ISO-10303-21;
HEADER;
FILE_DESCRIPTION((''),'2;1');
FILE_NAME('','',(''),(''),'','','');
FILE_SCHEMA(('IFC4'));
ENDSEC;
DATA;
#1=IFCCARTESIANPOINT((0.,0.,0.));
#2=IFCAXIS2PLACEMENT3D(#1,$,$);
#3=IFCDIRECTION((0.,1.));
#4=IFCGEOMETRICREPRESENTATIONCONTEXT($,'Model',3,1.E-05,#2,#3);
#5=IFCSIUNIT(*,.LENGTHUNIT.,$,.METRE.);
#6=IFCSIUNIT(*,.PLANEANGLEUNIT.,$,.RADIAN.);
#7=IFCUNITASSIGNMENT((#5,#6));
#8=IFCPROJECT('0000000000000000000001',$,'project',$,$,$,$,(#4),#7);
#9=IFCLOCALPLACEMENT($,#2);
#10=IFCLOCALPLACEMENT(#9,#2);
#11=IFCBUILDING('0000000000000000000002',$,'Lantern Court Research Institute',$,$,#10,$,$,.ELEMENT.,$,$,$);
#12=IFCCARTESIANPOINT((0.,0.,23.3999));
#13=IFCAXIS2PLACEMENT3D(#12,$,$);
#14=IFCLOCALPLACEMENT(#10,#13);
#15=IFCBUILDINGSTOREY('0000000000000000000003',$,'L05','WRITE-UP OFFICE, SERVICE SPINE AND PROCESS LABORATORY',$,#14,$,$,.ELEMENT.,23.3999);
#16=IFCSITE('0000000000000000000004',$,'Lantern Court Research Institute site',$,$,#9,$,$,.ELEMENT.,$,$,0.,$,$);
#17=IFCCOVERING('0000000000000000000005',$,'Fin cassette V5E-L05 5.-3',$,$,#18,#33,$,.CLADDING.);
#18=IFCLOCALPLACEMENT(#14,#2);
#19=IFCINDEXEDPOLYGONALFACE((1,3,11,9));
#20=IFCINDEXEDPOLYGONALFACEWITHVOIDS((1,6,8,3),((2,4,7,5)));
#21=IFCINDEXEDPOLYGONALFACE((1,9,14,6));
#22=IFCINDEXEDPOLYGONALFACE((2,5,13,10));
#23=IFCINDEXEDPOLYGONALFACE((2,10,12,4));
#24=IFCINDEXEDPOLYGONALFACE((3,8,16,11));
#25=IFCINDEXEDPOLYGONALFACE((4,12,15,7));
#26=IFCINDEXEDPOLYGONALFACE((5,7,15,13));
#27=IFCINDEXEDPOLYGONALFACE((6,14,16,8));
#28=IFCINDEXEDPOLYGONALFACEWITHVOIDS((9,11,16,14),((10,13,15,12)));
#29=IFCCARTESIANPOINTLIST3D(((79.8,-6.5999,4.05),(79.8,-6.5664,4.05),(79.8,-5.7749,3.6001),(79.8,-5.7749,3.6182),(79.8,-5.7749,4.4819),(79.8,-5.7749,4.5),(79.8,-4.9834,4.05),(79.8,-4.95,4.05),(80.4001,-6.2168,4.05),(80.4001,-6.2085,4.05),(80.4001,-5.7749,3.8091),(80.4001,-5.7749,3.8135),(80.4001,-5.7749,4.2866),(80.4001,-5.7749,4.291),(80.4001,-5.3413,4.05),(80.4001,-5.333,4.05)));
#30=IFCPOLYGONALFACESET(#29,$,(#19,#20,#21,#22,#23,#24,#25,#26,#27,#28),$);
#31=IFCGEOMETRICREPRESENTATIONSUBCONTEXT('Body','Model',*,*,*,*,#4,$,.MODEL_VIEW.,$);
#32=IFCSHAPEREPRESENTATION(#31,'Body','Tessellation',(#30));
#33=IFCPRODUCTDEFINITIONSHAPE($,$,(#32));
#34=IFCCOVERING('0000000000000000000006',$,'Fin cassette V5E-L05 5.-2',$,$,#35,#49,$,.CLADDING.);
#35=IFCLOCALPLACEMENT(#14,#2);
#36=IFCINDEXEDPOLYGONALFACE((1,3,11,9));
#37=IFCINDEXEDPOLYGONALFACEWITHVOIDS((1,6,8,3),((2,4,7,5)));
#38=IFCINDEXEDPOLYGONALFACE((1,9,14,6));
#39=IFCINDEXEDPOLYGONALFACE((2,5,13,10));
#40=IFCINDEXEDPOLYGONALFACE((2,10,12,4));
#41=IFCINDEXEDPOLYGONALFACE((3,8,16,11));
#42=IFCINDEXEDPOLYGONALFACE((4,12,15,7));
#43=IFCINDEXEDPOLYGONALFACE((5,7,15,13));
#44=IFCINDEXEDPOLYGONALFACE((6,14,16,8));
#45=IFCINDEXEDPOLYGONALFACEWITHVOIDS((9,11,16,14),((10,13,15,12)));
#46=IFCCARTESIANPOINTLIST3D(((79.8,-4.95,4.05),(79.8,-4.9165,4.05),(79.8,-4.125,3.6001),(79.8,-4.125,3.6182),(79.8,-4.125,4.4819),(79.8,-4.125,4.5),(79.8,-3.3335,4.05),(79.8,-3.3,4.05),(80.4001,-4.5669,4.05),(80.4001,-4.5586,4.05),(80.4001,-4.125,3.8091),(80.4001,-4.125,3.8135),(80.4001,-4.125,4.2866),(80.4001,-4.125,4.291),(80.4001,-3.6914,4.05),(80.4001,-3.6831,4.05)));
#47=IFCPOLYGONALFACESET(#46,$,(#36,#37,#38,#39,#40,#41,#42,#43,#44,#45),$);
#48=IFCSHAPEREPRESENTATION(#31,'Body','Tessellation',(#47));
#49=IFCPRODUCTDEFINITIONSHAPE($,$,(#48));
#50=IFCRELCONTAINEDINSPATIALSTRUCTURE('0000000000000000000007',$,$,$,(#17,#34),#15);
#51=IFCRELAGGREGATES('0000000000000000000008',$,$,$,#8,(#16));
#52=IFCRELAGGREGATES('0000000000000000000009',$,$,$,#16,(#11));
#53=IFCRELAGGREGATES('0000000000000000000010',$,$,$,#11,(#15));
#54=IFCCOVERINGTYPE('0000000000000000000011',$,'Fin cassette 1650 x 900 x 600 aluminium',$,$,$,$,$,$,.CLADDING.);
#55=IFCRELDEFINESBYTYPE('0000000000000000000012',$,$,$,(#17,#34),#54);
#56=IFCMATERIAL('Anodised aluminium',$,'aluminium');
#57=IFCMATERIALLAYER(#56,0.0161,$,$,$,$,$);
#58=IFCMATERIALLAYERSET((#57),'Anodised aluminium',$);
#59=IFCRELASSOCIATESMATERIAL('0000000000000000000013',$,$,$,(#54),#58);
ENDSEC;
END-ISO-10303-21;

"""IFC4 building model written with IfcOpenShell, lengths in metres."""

from ifc_helpers import new_model, entity, si_unit, direction, frame, origin, place, context, subcontext, project, spatial, material, layer, layer_set, type_object, element, save


model = new_model("IFC4")

# Units and contexts
model_context = context("Model", 3, precision=1e-05, world=origin(), true_north=direction((0.0, 1.0)))
body_context = subcontext(model_context, "Body", "Model", "MODEL_VIEW")
ifc_project = project(units=[si_unit("LENGTHUNIT", "METRE"), si_unit("PLANEANGLEUNIT", "RADIAN")], contexts=[model_context])

# Site, building, storey
site_placement = place(None, origin())
site = spatial("IfcSite", under=ifc_project, at=site_placement, Name="Lantern Court Research Institute site", CompositionType="ELEMENT", RefElevation=0.0)
building_placement = place(site_placement, origin())
building = spatial("IfcBuilding", under=site, at=building_placement, Name="Lantern Court Research Institute", CompositionType="ELEMENT")
storey_placement = place(building_placement, frame((0.0, 0.0, 23.3999)))
storey = spatial("IfcBuildingStorey", under=building, at=storey_placement, Name="L05", Description="WRITE-UP OFFICE, SERVICE SPINE AND PROCESS LABORATORY", CompositionType="ELEMENT", Elevation=23.3999)

# Coverings
ifc_material_1 = material(Name="Anodised aluminium", Category="aluminium")
ifc_layer_1 = layer(ifc_material_1, 0.0161)
ifc_layer_set_1 = layer_set([ifc_layer_1], Name="Anodised aluminium")
covering_type = type_object("IfcCoveringType", Name="Fin cassette 1650 x 900 x 600 aluminium", PredefinedType="CLADDING", material=ifc_layer_set_1)
covering_1_placement = place(storey_placement, frame((79.8, -5.7749, 4.05), z_axis=(1.0, 0.0, 0.0), x_axis=(0.0, 1.0, 0.0)))
cartesian_point_1 = entity("IfcCartesianPoint", [0.825, 0.0])
cartesian_point_2 = entity("IfcCartesianPoint", [0.7915, 0.0])
cartesian_point_3 = entity("IfcCartesianPoint", [0.4419, 0.0])
cartesian_point_4 = entity("IfcCartesianPoint", [0.4336, 0.0])
element("IfcCovering", 1, at=covering_1_placement, inside=storey, type_object=covering_type, Name="Fin cassette V5E-L05 5.-3", PredefinedType="CLADDING", context=body_context, shape_type="SweptSolid", body=[
    entity("IfcExtrudedAreaSolidTapered", entity("IfcArbitraryProfileDefWithVoids", "AREA", None, entity("IfcPolyline", [cartesian_point_1, entity("IfcCartesianPoint", [0.0, 0.45]), entity("IfcCartesianPoint", [-0.825, 0.0]), entity("IfcCartesianPoint", [0.0, -0.45]), cartesian_point_1]), [entity("IfcPolyline", [cartesian_point_2, entity("IfcCartesianPoint", [0.0, 0.4319]), entity("IfcCartesianPoint", [-0.7915, 0.0]), entity("IfcCartesianPoint", [0.0, -0.4319]), cartesian_point_2])]), entity("IfcAxis2Placement3D", entity("IfcCartesianPoint", [0.0, 0.0, 0.0])), entity("IfcDirection", [0.0, 0.0, 1.0]), 0.6001, entity("IfcArbitraryProfileDefWithVoids", "AREA", None, entity("IfcPolyline", [cartesian_point_3, entity("IfcCartesianPoint", [0.0, 0.241]), entity("IfcCartesianPoint", [-0.4419, 0.0]), entity("IfcCartesianPoint", [0.0, -0.241]), cartesian_point_3]), [entity("IfcPolyline", [cartesian_point_4, entity("IfcCartesianPoint", [0.0, 0.2366]), entity("IfcCartesianPoint", [-0.4336, 0.0]), entity("IfcCartesianPoint", [0.0, -0.2366]), cartesian_point_4])])),
])
covering_2_placement = place(storey_placement, frame((79.8, -4.125, 4.05), z_axis=(1.0, 0.0, 0.0), x_axis=(0.0, 1.0, 0.0)))
cartesian_point_5 = entity("IfcCartesianPoint", [0.825, 0.0])
cartesian_point_6 = entity("IfcCartesianPoint", [0.7915, 0.0])
cartesian_point_7 = entity("IfcCartesianPoint", [0.4419, 0.0])
cartesian_point_8 = entity("IfcCartesianPoint", [0.4336, 0.0])
element("IfcCovering", 2, at=covering_2_placement, inside=storey, type_object=covering_type, Name="Fin cassette V5E-L05 5.-2", PredefinedType="CLADDING", context=body_context, shape_type="SweptSolid", body=[
    entity("IfcExtrudedAreaSolidTapered", entity("IfcArbitraryProfileDefWithVoids", "AREA", None, entity("IfcPolyline", [cartesian_point_5, entity("IfcCartesianPoint", [0.0, 0.45]), entity("IfcCartesianPoint", [-0.825, 0.0]), entity("IfcCartesianPoint", [0.0, -0.45]), cartesian_point_5]), [entity("IfcPolyline", [cartesian_point_6, entity("IfcCartesianPoint", [0.0, 0.4319]), entity("IfcCartesianPoint", [-0.7915, 0.0]), entity("IfcCartesianPoint", [0.0, -0.4319]), cartesian_point_6])]), entity("IfcAxis2Placement3D", entity("IfcCartesianPoint", [0.0, 0.0, 0.0])), entity("IfcDirection", [0.0, 0.0, 1.0]), 0.6001, entity("IfcArbitraryProfileDefWithVoids", "AREA", None, entity("IfcPolyline", [cartesian_point_7, entity("IfcCartesianPoint", [0.0, 0.241]), entity("IfcCartesianPoint", [-0.4419, 0.0]), entity("IfcCartesianPoint", [0.0, -0.241]), cartesian_point_7]), [entity("IfcPolyline", [cartesian_point_8, entity("IfcCartesianPoint", [0.0, 0.2366]), entity("IfcCartesianPoint", [-0.4336, 0.0]), entity("IfcCartesianPoint", [0.0, -0.2366]), cartesian_point_8])])),
])

save(model, "model.ifc")
